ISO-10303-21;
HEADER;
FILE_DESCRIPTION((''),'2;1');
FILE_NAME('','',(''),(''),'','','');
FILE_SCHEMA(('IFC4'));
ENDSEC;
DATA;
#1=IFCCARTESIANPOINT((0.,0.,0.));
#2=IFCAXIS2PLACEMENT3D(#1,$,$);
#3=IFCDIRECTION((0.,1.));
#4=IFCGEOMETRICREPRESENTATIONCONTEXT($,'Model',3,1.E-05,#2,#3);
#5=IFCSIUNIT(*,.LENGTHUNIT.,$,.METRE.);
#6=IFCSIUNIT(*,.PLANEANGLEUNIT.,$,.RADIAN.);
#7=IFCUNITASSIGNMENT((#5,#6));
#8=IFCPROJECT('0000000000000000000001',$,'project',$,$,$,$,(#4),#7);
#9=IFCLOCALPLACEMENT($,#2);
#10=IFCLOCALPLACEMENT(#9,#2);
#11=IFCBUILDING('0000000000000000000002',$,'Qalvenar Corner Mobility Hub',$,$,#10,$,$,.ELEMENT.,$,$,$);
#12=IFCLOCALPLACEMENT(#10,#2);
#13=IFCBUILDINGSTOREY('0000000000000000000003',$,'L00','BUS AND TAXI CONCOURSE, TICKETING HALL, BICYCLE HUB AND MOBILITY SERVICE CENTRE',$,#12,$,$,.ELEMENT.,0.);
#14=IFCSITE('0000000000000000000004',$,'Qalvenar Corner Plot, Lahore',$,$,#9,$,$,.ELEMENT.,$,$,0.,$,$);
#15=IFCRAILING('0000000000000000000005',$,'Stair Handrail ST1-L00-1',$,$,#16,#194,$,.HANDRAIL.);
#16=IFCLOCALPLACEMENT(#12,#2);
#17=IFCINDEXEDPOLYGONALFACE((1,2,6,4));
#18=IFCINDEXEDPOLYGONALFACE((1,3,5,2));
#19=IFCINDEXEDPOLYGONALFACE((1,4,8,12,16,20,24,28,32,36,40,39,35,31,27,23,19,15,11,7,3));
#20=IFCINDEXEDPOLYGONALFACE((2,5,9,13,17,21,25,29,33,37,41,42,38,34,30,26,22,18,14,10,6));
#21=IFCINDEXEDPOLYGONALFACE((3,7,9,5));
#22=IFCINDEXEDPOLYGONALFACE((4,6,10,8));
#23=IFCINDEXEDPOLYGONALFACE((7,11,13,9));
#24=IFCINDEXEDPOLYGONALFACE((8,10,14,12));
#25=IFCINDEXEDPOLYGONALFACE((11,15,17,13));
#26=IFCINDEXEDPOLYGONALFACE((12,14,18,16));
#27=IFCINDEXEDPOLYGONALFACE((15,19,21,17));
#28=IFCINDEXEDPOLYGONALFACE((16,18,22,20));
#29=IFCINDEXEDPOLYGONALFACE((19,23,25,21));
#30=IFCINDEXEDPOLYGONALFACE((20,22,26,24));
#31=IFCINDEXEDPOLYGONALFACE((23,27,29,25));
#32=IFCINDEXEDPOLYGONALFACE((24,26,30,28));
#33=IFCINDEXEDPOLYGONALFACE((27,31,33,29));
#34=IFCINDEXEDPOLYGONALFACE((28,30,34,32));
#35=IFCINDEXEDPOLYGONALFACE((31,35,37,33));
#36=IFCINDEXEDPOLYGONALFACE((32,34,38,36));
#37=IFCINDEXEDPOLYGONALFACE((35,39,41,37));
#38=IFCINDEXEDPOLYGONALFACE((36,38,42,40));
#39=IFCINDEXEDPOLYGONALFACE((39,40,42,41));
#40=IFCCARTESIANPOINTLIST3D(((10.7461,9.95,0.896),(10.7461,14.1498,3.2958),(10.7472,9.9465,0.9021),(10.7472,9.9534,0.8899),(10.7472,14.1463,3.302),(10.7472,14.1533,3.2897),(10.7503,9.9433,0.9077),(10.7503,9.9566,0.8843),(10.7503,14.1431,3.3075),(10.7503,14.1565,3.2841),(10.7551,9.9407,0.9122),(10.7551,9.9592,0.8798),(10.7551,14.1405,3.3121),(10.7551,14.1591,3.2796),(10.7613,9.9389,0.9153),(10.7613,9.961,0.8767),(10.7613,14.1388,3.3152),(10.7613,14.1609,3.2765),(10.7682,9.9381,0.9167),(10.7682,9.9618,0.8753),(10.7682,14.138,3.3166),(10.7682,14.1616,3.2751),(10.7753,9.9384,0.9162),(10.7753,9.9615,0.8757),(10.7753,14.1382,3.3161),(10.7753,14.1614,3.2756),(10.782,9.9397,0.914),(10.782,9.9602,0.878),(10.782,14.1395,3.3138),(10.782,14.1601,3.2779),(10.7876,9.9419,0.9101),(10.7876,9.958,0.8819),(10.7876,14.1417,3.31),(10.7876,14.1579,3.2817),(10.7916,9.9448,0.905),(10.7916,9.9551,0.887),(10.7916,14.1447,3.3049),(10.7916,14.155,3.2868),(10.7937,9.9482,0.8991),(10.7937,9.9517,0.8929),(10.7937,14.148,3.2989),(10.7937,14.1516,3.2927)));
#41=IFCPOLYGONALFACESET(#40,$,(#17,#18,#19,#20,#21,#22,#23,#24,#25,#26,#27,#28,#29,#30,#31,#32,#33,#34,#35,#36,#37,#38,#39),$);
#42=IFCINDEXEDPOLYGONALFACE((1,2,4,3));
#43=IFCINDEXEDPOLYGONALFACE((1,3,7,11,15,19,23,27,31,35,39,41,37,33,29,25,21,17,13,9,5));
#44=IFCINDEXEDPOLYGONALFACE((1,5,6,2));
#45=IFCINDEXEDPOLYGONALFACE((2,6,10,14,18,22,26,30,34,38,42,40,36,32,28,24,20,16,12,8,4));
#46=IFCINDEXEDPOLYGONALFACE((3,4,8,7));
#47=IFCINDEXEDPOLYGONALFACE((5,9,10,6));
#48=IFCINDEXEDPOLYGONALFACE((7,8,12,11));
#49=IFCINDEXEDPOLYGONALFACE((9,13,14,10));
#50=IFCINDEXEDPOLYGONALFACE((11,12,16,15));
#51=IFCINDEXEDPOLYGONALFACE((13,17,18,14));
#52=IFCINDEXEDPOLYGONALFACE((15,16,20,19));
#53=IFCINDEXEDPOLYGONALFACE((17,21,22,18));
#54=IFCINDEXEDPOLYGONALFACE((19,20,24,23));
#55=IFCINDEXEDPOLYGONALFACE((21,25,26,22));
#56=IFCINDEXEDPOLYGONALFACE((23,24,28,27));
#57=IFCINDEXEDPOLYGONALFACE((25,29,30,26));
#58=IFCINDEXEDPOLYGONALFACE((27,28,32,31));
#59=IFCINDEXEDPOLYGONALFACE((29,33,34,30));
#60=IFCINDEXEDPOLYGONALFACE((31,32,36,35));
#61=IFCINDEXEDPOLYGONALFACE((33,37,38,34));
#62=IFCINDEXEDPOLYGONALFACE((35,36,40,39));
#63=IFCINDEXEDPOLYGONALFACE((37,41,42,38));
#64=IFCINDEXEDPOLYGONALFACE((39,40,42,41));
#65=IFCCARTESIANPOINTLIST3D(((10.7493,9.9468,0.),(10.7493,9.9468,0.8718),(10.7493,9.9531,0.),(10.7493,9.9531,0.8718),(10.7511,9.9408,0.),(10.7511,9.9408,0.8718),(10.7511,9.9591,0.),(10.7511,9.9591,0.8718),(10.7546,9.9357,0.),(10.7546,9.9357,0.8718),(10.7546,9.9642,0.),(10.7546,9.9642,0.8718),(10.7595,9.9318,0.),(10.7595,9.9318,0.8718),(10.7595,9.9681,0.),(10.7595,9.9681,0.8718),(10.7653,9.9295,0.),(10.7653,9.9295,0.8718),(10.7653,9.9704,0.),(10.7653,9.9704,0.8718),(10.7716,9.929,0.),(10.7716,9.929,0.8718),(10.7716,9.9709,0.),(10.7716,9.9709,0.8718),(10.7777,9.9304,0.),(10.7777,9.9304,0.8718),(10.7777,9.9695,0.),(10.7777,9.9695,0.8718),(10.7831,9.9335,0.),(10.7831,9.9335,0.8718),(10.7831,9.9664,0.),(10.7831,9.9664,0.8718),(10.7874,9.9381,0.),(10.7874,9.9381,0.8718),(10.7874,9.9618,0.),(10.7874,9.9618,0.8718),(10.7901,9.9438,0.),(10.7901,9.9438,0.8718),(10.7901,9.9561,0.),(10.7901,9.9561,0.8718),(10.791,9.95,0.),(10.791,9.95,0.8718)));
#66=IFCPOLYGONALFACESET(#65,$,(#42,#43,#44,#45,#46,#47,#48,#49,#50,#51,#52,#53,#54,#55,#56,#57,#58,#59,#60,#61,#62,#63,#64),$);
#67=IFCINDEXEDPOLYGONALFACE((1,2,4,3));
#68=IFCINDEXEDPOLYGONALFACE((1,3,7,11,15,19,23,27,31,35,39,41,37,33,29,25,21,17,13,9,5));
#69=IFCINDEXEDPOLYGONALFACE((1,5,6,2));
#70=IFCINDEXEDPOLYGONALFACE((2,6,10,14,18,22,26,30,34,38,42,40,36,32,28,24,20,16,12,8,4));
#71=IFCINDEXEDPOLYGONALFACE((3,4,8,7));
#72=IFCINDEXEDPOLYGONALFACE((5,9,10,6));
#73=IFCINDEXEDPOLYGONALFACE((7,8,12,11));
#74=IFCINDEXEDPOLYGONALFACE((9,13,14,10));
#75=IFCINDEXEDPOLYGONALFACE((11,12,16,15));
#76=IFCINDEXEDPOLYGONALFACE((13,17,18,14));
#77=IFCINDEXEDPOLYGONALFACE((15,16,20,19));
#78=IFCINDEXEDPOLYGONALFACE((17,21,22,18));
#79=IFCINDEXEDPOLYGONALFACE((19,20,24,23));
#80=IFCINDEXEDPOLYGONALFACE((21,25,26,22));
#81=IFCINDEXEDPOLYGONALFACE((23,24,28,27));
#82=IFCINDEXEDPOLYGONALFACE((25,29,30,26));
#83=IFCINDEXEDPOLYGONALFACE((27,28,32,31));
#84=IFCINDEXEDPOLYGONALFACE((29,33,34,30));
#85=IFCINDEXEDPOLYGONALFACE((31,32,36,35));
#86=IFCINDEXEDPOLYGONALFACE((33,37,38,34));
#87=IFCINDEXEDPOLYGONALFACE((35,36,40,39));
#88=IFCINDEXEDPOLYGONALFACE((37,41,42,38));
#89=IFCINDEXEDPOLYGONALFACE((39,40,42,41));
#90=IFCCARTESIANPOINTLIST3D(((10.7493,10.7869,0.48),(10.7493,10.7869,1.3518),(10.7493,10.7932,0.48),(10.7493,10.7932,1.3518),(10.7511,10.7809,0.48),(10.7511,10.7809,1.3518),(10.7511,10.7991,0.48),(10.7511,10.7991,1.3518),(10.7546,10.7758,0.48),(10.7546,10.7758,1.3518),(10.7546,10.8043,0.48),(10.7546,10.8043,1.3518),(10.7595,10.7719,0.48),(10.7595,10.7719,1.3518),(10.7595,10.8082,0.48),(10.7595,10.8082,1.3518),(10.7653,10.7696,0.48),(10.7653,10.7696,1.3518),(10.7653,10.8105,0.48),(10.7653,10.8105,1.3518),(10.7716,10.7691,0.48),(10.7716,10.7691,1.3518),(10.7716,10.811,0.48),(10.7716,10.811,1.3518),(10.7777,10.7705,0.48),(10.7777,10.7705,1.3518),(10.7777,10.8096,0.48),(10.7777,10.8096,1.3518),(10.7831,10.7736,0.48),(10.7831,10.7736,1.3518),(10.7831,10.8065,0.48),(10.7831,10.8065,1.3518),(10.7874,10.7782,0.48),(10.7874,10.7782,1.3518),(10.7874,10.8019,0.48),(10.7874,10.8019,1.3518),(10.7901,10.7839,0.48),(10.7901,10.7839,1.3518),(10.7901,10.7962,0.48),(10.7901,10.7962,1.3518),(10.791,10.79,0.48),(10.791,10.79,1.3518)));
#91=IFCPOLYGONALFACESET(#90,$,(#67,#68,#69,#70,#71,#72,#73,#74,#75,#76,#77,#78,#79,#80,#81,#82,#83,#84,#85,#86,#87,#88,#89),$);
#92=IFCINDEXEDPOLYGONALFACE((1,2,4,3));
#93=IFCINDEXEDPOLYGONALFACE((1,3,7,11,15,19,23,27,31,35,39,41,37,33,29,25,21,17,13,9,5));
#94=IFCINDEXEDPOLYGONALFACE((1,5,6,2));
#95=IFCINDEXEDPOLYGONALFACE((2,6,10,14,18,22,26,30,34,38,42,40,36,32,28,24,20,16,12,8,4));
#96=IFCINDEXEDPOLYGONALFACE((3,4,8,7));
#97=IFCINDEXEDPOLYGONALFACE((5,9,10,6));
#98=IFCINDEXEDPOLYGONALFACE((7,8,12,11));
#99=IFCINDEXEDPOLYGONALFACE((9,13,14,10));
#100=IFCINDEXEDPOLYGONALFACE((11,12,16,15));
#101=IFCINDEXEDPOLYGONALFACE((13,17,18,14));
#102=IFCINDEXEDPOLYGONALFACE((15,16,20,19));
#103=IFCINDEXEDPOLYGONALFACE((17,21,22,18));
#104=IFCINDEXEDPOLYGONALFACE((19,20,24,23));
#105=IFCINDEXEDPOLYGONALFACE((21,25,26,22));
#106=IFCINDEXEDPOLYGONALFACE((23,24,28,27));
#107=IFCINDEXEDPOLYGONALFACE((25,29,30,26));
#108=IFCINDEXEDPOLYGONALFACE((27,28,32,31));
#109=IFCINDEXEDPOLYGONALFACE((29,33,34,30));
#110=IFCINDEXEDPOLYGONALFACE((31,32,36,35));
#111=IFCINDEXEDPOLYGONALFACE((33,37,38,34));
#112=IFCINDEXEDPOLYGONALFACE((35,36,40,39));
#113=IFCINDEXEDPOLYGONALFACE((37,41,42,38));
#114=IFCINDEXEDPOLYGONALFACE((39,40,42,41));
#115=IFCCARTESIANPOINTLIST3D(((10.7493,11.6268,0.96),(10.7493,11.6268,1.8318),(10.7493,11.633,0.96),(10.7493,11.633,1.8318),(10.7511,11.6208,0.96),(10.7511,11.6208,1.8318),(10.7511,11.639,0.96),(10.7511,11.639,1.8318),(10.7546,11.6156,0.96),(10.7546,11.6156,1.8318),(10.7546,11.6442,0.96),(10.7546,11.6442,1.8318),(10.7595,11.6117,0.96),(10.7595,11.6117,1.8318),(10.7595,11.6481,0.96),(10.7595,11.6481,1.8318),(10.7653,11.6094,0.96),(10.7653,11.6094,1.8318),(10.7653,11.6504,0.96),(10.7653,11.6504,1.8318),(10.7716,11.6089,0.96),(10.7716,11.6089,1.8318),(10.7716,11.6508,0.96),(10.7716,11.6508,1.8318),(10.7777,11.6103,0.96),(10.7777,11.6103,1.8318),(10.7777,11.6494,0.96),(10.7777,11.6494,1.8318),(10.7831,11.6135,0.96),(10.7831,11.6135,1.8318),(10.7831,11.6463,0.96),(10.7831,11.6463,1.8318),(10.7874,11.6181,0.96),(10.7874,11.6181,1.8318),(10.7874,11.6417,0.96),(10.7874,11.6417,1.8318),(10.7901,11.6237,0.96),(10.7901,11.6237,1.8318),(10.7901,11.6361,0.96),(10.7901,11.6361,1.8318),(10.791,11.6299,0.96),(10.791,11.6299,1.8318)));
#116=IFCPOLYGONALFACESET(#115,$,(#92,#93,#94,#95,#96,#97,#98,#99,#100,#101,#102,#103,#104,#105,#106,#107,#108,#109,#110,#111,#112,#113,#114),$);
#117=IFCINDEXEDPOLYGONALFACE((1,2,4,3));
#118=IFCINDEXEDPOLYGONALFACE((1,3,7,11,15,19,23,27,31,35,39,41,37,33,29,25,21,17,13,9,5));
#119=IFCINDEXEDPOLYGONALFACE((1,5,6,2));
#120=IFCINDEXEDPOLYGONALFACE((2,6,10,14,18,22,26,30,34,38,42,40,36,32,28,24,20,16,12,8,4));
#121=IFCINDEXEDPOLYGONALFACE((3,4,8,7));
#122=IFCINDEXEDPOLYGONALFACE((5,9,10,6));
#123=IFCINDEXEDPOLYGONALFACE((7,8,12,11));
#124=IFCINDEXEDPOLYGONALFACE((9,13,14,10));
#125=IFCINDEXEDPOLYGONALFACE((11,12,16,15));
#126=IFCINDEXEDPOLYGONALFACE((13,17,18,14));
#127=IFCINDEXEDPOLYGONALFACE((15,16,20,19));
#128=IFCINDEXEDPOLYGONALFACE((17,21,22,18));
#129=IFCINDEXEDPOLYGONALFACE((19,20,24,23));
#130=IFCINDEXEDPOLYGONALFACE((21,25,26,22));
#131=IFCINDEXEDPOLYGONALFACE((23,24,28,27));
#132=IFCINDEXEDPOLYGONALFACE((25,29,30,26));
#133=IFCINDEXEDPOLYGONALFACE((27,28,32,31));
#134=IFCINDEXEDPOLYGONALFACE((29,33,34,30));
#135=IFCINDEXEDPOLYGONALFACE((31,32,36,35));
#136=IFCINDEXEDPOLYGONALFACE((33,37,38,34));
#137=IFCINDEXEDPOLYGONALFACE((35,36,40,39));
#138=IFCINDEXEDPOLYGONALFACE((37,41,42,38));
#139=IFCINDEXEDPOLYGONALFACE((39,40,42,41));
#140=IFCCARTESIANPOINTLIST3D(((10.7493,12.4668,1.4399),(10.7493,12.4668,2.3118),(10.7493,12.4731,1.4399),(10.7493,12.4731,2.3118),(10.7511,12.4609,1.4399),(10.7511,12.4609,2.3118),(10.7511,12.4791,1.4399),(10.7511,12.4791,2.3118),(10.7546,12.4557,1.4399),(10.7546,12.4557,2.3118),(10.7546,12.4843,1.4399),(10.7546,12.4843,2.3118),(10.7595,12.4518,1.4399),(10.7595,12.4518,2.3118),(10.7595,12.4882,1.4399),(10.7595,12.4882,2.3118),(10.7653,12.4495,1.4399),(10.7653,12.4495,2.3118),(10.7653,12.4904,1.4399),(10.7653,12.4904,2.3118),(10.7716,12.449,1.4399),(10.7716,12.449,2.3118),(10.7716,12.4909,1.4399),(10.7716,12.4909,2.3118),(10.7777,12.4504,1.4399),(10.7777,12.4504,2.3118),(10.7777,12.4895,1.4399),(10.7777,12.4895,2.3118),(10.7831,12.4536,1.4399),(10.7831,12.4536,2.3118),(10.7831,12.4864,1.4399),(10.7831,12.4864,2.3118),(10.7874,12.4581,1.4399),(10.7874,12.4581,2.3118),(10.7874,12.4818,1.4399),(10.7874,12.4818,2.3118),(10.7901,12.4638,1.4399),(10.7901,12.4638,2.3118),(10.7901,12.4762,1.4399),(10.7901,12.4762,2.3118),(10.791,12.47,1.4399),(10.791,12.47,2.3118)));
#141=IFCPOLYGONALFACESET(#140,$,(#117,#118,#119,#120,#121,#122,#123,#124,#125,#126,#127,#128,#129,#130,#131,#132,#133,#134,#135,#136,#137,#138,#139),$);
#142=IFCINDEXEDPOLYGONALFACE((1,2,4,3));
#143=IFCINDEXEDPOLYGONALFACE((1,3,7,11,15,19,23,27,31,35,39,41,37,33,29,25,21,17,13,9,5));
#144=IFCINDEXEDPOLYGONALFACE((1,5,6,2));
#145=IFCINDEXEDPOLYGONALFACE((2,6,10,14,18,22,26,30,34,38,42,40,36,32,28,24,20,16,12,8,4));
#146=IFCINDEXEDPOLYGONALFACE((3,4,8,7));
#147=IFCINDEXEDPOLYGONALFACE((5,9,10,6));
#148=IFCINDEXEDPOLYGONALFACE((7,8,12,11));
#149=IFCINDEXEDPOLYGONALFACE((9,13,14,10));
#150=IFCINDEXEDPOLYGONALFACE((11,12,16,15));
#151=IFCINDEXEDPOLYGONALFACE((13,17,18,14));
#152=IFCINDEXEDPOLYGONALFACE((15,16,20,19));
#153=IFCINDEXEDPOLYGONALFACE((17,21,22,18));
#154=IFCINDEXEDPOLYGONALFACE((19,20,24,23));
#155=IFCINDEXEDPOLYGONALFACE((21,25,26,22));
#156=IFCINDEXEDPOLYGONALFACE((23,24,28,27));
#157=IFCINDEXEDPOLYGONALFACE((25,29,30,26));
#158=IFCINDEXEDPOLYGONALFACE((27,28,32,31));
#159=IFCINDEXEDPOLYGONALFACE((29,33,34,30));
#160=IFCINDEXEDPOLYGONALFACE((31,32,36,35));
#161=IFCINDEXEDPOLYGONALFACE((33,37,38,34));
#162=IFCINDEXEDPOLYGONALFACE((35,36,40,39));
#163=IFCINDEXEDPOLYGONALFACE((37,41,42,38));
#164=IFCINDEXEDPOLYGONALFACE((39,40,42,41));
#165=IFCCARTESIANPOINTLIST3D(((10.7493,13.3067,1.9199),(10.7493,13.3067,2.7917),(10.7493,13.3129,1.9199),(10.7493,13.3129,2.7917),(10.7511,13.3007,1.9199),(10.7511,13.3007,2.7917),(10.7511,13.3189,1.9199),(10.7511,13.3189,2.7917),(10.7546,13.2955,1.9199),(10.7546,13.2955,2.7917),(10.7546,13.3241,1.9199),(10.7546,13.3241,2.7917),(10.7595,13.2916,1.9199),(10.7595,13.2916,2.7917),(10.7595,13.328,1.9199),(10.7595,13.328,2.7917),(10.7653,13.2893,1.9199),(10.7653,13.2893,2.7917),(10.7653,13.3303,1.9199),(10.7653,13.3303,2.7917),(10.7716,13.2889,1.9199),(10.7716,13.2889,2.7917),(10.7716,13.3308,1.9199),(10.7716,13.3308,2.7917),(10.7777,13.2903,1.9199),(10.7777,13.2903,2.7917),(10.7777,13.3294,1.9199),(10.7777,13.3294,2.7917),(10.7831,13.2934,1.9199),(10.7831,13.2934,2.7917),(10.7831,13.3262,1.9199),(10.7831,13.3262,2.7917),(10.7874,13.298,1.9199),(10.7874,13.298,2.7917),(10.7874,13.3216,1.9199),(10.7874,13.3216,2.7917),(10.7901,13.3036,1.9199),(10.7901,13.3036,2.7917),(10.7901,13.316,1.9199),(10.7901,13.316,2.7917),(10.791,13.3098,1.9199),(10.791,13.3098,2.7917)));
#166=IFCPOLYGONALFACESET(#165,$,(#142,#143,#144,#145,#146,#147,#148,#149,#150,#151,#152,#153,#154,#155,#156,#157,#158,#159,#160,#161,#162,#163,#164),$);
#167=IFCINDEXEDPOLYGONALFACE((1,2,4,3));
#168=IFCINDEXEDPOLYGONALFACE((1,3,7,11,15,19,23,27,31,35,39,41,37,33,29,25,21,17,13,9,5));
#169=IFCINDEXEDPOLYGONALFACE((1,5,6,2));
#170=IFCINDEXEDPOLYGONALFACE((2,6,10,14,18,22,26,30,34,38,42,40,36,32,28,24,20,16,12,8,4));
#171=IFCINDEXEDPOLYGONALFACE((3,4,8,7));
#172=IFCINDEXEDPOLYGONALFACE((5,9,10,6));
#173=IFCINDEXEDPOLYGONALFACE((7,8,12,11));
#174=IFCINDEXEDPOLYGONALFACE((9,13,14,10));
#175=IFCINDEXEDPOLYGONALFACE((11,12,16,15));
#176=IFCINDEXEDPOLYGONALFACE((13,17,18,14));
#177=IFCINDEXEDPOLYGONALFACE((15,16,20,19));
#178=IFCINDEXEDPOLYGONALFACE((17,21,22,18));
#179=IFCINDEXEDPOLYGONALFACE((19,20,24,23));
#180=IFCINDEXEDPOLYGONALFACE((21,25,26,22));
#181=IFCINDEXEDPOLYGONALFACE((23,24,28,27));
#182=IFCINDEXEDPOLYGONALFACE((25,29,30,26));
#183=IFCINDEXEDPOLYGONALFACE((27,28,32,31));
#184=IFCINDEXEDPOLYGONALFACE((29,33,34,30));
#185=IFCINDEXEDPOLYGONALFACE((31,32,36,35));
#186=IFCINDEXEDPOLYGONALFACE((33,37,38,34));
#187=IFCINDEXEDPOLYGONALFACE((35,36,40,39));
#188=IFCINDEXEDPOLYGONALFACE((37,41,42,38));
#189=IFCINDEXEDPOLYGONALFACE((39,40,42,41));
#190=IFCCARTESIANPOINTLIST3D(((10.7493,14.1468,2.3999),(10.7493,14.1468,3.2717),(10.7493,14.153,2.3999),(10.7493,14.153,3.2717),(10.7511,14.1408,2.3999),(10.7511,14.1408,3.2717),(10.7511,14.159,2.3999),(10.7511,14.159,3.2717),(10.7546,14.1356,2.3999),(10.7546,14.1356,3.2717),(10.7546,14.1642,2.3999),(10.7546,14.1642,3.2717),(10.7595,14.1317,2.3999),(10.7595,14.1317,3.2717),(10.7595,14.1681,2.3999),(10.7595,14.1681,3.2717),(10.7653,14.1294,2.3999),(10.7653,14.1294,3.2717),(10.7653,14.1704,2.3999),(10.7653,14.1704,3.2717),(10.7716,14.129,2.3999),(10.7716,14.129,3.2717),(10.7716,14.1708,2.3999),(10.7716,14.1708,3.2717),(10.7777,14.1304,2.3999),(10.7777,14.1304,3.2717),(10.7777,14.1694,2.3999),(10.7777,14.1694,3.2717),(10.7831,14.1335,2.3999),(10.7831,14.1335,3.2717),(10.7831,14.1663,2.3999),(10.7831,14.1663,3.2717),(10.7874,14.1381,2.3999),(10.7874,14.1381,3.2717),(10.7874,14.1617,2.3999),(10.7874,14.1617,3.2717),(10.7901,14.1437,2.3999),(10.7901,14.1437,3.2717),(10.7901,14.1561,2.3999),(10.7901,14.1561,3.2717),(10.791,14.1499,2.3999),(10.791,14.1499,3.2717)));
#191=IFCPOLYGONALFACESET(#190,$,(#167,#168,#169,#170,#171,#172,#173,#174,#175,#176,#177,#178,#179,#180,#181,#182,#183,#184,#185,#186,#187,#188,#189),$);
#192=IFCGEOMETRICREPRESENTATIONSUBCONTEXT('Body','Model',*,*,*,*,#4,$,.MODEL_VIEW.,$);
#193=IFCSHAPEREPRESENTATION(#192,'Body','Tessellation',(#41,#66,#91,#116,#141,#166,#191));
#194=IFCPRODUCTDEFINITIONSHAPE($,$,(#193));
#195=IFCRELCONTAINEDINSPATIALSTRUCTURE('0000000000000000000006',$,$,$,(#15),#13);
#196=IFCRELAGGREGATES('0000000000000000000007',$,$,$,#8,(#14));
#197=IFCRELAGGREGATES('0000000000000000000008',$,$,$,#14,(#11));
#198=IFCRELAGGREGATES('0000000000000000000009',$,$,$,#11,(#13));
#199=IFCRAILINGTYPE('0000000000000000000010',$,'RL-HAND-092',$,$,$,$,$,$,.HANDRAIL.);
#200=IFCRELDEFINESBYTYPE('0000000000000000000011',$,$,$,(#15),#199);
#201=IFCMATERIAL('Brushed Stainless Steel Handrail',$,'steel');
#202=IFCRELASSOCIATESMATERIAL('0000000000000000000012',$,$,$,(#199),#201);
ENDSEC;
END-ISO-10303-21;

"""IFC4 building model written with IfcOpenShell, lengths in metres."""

from ifc_helpers import new_model, si_unit, direction, frame, origin, origin_2d, place, context, subcontext, project, spatial, circle, extrude, material, type_object, element, save


model = new_model("IFC4")

# Units and contexts
model_context = context("Model", 3, precision=1e-05, world=origin(), true_north=direction((0.0, 1.0)))
body_context = subcontext(model_context, "Body", "Model", "MODEL_VIEW")
ifc_project = project(units=[si_unit("LENGTHUNIT", "METRE"), si_unit("PLANEANGLEUNIT", "RADIAN")], contexts=[model_context])

# Site, building, storey
site_placement = place(None, origin())
site = spatial("IfcSite", under=ifc_project, at=site_placement, Name="Qalvenar Corner Plot, Lahore", CompositionType="ELEMENT", RefElevation=0.0)
building_placement = place(site_placement, origin())
building = spatial("IfcBuilding", under=site, at=building_placement, Name="Qalvenar Corner Mobility Hub", CompositionType="ELEMENT")
storey_placement = place(building_placement, origin())
storey = spatial("IfcBuildingStorey", under=building, at=storey_placement, Name="L00", Description="BUS AND TAXI CONCOURSE, TICKETING HALL, BICYCLE HUB AND MOBILITY SERVICE CENTRE", CompositionType="ELEMENT", Elevation=0.0)

# Railing
ifc_material_1 = material(Name="Brushed Stainless Steel Handrail", Category="steel")
railing_type_1 = type_object("IfcRailingType", Name="RL-HAND-092", PredefinedType="HANDRAIL", material=ifc_material_1)
railing_1_placement = place(storey_placement, frame((10.77, 9.95, 0.0)))
element("IfcRailing", 1, at=railing_1_placement, inside=storey, type_object=railing_type_1, Name="Stair Handrail ST1-L00-1", PredefinedType="HANDRAIL", context=body_context, shape_type="SweptSolid", body=[
    extrude(circle(Radius=0.0239, at=origin_2d()), frame((0.0, 0.0, 0.896), z_axis=(0.0, 0.868249, 0.496128), x_axis=(-1.0, 0.0, 0.0)), (0.0, 0.0, 1.0), 4.8372),
    extrude(circle(Radius=0.021, at=origin_2d()), origin(), (0.0, 0.0, 1.0), 0.8718),
    extrude(circle(Radius=0.021, at=origin_2d()), frame((0.0, 0.8401, 0.48)), (0.0, 0.0, 1.0), 0.8718),
    extrude(circle(Radius=0.021, at=origin_2d()), frame((0.0, 1.6799, 0.96)), (0.0, 0.0, 1.0), 0.8718),
    extrude(circle(Radius=0.021, at=origin_2d()), frame((0.0, 2.52, 1.4399)), (0.0, 0.0, 1.0), 0.8718),
    extrude(circle(Radius=0.021, at=origin_2d()), frame((0.0, 3.3599, 1.9199)), (0.0, 0.0, 1.0), 0.8718),
    extrude(circle(Radius=0.021, at=origin_2d()), frame((0.0, 4.2, 2.3999)), (0.0, 0.0, 1.0), 0.8718),
])

save(model, "model.ifc")
